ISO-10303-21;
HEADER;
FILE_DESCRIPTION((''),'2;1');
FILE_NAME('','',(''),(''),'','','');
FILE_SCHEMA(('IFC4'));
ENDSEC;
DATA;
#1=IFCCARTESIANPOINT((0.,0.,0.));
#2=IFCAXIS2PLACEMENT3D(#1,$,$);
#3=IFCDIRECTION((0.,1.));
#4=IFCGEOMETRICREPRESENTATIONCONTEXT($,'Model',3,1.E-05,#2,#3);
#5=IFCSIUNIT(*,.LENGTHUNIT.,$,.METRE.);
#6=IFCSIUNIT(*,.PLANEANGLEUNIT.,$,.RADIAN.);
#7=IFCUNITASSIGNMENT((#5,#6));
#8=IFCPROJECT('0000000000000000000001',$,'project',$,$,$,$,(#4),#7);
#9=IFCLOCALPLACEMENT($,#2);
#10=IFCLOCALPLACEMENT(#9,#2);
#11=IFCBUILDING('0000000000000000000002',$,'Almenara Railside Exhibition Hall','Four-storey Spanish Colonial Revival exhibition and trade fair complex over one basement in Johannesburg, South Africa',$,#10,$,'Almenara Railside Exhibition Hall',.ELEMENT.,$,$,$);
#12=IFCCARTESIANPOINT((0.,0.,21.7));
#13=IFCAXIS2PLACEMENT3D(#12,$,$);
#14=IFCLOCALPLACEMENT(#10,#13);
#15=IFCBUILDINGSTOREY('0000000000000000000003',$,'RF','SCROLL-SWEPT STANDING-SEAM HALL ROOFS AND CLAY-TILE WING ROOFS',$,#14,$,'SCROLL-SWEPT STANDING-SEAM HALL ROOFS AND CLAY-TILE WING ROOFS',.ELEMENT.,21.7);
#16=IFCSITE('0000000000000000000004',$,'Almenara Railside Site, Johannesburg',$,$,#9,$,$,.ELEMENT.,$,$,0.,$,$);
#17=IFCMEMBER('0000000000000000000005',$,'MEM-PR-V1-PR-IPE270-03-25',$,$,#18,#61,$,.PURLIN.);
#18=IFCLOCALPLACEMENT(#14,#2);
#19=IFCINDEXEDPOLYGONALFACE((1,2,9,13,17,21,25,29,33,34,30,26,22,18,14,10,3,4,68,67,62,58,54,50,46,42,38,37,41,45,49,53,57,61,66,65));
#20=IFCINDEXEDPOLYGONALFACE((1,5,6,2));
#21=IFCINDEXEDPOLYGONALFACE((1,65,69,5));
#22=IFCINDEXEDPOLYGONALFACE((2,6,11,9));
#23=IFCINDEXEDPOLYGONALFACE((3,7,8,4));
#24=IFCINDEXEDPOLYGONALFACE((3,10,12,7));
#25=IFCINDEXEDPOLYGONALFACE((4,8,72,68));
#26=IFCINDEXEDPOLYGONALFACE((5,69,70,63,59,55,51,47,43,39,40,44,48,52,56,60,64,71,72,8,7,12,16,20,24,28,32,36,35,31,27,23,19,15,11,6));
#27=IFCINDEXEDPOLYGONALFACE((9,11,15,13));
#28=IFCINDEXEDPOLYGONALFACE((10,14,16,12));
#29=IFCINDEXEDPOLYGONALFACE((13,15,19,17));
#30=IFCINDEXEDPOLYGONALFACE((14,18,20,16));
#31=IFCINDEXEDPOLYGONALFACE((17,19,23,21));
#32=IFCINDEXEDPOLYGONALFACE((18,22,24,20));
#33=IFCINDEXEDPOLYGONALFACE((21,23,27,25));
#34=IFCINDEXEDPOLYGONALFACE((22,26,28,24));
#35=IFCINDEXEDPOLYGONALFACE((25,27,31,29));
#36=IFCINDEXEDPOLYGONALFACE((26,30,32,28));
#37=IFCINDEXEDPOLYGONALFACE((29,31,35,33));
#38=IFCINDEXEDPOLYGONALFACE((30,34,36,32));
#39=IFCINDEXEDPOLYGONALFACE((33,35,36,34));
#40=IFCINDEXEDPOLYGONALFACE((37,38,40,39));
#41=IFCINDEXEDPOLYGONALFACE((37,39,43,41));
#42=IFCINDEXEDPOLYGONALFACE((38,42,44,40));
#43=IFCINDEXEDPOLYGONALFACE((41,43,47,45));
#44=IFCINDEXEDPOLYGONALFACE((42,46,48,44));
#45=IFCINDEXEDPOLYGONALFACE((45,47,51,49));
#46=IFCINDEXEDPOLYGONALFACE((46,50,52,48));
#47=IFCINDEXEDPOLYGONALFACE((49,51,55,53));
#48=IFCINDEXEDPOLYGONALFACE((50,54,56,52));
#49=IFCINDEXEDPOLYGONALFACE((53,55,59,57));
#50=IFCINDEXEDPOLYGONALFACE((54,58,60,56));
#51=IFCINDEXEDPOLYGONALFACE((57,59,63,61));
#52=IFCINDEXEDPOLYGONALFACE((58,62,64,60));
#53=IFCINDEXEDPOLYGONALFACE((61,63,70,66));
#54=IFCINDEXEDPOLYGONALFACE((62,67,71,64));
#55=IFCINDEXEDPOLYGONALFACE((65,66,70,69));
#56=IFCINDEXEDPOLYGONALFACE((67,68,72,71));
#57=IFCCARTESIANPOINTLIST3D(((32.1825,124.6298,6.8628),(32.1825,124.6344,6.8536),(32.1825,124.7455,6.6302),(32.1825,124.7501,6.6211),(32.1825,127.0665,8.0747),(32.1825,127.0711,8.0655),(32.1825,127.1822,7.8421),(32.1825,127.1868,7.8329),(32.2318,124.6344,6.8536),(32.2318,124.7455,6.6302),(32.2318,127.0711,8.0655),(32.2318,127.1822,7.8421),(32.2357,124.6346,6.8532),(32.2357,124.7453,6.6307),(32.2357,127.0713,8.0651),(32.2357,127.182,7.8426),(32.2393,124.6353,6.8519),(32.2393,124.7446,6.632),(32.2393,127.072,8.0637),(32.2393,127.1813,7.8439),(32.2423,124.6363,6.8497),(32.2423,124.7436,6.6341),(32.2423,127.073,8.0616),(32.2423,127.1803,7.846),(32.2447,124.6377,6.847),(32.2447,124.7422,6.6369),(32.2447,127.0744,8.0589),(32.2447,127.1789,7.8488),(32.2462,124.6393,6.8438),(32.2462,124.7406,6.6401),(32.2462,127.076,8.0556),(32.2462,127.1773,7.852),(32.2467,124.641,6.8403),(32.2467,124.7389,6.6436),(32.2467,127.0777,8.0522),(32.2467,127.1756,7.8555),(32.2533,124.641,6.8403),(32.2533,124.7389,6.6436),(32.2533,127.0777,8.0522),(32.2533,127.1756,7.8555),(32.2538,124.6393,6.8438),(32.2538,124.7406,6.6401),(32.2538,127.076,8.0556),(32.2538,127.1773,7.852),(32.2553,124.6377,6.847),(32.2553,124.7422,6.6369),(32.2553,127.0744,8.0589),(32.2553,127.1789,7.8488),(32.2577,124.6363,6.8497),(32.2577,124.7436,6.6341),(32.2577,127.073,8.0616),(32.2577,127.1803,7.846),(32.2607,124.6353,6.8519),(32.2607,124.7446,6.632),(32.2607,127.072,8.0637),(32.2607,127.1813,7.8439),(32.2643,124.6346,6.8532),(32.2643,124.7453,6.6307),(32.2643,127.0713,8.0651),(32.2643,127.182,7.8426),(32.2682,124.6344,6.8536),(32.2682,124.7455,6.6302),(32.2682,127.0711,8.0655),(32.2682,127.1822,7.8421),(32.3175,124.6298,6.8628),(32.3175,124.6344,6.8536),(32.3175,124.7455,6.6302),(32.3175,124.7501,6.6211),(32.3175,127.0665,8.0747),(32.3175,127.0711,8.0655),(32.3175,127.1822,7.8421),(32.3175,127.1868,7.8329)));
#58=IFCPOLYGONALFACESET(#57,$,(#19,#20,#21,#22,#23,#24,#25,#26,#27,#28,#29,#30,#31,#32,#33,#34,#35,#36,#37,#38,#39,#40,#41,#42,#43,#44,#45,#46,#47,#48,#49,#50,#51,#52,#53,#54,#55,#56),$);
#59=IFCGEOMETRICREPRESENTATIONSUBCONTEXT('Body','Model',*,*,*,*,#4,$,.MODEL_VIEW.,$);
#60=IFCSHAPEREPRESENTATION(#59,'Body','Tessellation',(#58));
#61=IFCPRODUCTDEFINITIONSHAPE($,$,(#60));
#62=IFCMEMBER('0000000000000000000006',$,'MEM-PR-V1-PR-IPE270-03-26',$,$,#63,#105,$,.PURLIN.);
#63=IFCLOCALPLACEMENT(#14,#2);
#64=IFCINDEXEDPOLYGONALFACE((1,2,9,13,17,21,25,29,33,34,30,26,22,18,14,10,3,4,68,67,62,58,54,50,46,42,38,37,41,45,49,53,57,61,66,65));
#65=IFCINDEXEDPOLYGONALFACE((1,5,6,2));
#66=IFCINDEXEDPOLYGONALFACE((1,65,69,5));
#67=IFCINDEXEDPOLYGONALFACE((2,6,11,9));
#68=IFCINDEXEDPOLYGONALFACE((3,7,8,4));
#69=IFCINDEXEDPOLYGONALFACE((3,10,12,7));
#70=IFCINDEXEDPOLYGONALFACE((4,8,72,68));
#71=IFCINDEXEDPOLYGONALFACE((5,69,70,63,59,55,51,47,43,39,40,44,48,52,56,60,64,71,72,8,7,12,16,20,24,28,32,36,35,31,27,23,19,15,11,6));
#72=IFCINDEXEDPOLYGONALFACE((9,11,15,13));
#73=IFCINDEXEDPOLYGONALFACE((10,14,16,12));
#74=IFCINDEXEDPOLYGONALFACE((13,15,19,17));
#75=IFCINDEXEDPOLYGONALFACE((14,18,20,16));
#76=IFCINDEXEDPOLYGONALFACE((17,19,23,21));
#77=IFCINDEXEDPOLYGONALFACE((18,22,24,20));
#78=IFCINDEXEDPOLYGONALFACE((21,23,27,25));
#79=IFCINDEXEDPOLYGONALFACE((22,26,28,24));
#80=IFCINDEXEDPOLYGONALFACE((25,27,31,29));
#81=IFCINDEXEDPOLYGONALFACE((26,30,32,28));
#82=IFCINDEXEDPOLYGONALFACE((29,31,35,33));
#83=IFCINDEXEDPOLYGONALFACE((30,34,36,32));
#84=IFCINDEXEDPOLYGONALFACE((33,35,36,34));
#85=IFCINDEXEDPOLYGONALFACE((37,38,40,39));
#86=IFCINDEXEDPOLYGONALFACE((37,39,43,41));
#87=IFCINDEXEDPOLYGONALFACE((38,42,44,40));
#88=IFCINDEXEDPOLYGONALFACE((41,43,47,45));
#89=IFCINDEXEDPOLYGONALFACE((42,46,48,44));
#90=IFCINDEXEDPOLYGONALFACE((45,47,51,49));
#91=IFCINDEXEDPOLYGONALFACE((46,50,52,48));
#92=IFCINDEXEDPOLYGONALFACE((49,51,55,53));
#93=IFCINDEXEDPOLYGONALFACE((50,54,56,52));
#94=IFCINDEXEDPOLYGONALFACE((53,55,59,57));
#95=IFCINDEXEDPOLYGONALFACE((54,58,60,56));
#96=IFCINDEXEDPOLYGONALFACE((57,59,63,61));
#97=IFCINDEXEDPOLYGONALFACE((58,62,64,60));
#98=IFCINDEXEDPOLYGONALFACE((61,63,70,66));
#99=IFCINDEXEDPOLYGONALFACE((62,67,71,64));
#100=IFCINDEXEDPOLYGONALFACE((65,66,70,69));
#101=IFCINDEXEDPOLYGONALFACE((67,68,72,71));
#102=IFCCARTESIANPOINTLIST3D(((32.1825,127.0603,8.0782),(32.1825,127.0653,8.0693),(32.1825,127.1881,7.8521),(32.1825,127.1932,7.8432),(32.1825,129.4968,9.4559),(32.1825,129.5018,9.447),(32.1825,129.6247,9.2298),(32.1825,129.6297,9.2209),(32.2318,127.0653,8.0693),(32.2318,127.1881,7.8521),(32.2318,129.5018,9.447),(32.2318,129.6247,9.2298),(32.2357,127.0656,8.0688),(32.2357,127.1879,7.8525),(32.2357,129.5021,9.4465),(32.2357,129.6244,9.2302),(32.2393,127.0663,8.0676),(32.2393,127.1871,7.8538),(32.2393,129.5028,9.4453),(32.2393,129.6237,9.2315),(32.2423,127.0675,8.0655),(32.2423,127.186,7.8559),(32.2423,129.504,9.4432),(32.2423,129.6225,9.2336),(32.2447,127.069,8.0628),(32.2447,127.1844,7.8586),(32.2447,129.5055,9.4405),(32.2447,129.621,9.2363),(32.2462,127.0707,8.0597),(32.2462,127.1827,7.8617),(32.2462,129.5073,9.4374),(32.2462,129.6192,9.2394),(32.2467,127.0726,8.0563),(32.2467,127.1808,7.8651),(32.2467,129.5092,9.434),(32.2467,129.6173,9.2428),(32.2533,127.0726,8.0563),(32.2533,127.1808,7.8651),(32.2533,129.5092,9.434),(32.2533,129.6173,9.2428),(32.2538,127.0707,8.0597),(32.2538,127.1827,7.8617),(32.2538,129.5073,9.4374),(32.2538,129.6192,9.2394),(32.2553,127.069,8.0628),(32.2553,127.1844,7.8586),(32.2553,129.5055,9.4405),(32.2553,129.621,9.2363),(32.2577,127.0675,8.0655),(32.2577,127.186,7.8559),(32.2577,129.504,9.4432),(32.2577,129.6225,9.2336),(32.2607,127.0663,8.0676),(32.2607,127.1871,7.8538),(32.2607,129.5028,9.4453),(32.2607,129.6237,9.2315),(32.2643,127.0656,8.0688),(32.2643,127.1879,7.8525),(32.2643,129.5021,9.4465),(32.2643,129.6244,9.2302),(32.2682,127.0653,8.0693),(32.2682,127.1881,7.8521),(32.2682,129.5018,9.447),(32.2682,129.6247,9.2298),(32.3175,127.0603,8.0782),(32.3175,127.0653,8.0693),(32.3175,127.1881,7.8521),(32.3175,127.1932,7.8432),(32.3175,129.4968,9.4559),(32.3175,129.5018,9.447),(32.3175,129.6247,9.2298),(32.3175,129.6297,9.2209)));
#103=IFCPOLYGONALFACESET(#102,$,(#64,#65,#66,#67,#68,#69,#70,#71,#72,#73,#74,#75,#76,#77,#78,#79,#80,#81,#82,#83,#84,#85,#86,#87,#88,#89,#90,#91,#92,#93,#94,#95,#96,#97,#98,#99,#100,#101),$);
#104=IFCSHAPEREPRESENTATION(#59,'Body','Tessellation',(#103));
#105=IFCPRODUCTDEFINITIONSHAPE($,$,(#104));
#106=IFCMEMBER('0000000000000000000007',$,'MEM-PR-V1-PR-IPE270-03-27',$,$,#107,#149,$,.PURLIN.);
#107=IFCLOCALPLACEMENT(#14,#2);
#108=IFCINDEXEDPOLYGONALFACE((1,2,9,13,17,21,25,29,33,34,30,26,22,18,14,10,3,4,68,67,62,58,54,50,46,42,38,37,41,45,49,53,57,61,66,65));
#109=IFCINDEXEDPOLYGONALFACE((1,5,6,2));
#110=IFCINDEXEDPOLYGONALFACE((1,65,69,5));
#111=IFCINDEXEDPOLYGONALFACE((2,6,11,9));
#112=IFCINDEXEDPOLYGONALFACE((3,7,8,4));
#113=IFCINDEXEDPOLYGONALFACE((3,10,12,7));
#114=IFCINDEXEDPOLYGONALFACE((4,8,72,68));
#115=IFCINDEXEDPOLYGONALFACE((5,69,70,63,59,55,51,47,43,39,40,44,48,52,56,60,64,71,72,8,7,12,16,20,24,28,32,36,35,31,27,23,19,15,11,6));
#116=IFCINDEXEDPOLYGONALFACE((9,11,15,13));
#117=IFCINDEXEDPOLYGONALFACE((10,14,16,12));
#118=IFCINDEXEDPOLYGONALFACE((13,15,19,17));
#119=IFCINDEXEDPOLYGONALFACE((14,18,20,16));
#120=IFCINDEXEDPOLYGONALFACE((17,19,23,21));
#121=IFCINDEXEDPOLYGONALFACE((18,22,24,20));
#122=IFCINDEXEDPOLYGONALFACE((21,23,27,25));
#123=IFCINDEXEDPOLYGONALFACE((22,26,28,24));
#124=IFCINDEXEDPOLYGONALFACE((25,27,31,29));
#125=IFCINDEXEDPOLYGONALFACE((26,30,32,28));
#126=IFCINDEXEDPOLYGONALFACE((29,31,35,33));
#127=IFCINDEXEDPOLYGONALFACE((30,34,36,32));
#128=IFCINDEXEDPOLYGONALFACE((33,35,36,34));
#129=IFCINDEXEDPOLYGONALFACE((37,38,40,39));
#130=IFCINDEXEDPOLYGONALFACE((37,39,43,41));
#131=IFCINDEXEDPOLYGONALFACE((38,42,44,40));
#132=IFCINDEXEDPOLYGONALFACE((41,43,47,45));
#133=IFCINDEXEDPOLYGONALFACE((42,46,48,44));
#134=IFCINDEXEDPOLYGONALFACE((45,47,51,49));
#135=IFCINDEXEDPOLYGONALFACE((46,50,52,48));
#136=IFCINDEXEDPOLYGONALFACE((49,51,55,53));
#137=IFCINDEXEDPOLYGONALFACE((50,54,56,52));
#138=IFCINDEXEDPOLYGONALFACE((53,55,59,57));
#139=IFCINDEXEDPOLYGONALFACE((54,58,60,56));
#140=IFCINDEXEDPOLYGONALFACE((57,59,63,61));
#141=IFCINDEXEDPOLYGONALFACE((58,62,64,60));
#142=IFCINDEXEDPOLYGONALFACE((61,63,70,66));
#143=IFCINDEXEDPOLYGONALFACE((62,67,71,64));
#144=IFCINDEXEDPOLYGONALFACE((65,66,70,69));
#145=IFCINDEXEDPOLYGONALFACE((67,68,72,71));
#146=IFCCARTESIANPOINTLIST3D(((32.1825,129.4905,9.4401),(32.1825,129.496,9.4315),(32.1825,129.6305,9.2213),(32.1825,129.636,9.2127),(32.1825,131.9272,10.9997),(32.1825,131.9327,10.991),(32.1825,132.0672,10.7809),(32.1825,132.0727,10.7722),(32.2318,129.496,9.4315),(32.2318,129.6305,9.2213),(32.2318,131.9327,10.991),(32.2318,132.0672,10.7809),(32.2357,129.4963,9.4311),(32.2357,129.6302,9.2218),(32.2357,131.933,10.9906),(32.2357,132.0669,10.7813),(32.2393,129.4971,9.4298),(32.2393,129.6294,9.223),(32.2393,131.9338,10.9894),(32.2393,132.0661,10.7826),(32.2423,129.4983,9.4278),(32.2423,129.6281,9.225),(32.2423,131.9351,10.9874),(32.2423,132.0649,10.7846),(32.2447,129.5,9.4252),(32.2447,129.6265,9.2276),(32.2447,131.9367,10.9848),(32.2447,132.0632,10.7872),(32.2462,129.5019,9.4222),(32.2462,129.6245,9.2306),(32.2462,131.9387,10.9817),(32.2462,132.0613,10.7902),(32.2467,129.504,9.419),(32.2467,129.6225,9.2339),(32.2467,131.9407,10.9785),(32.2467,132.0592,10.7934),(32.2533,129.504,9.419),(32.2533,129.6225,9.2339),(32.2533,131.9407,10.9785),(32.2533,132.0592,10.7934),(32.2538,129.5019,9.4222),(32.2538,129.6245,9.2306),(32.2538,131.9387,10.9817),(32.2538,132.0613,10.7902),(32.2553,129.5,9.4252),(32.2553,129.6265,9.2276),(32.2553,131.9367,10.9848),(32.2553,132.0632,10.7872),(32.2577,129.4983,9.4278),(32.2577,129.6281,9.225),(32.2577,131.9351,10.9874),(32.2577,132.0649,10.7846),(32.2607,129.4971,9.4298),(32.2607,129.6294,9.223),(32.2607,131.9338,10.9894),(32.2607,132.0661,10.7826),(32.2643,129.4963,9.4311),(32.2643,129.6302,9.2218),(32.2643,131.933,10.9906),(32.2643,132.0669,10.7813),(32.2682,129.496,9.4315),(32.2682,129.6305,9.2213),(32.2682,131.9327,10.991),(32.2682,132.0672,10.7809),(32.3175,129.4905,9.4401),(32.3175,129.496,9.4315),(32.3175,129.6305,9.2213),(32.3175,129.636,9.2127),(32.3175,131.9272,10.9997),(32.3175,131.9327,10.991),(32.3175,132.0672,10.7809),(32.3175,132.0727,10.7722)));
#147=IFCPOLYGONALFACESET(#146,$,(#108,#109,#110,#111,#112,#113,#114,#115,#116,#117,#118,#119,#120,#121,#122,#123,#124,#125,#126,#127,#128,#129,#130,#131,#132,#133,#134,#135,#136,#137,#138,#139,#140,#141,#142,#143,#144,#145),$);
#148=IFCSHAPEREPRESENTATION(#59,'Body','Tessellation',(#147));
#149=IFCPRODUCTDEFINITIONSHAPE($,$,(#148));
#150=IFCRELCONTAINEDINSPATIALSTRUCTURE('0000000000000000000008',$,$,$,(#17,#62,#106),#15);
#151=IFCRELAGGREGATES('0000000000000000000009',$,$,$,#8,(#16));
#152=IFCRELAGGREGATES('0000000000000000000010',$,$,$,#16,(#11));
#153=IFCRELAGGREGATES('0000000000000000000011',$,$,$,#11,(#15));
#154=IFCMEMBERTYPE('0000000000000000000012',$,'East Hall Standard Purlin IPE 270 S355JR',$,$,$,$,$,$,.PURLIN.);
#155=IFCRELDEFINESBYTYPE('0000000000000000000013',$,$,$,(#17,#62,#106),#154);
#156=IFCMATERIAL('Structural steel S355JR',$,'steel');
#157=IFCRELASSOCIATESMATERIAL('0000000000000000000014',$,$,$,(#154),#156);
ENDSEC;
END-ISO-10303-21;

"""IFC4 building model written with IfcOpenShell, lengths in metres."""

from ifc_helpers import new_model, si_unit, direction, frame, origin, origin_2d, place, context, subcontext, project, spatial, i_section, extrude, material, material_profile, profile_set, type_object, element, save


model = new_model("IFC4")

# Units and contexts
model_context = context("Model", 3, precision=1e-05, world=origin(), true_north=direction((0.0, 1.0)))
body_context = subcontext(model_context, "Body", "Model", "MODEL_VIEW")
ifc_project = project(units=[si_unit("LENGTHUNIT", "METRE"), si_unit("PLANEANGLEUNIT", "RADIAN")], contexts=[model_context])

# Site, building, storey
site_placement = place(None, origin())
site = spatial("IfcSite", under=ifc_project, at=site_placement, Name="Almenara Railside Site, Johannesburg", CompositionType="ELEMENT", RefElevation=0.0)
building_placement = place(site_placement, origin())
building = spatial("IfcBuilding", under=site, at=building_placement, Name="Almenara Railside Exhibition Hall", Description="Four-storey Spanish Colonial Revival exhibition and trade fair complex over one basement in Johannesburg, South Africa", LongName="Almenara Railside Exhibition Hall", CompositionType="ELEMENT")
storey_placement = place(building_placement, frame((0.0, 0.0, 21.7)))
storey = spatial("IfcBuildingStorey", under=building, at=storey_placement, Name="RF", Description="SCROLL-SWEPT STANDING-SEAM HALL ROOFS AND CLAY-TILE WING ROOFS", LongName="SCROLL-SWEPT STANDING-SEAM HALL ROOFS AND CLAY-TILE WING ROOFS", CompositionType="ELEMENT", Elevation=21.7)

# Shared definitions
ifc_material_1 = material(Name="Structural steel S355JR", Category="steel")

# Members
ifc_material_profile_1 = material_profile(ifc_material_1, i_section(OverallWidth=0.135, OverallDepth=0.27, WebThickness=0.0066, FlangeThickness=0.0103, FilletRadius=0.0149, at=origin_2d()), Name="IPE 270")
ifc_profile_set_1 = profile_set([ifc_material_profile_1], Name="Structural steel S355JR")
member_type_1 = type_object("IfcMemberType", Name="East Hall Standard Purlin IPE 270 S355JR", PredefinedType="PURLIN", material=ifc_profile_set_1)
member_1_placement = place(storey_placement, frame((32.25, 124.6899, 6.7419), z_axis=(0.0, 0.895376, 0.445311), x_axis=(-1.0, 0.0, 0.0)))
element("IfcMember", 1, at=member_1_placement, inside=storey, type_object=member_type_1, Name="MEM-PR-V1-PR-IPE270-03-25", PredefinedType="PURLIN", context=body_context, shape_type="SweptSolid", body=[
    extrude(i_section(OverallWidth=0.135, OverallDepth=0.27, WebThickness=0.0066, FlangeThickness=0.0103, FilletRadius=0.0149, at=origin_2d()), origin(), (0.0, 0.0, 1.0), 2.7214),
])
member_2_placement = place(storey_placement, frame((32.25, 127.1267, 7.9607), z_axis=(0.0, 0.870483, 0.492198), x_axis=(-1.0, 0.0, 0.0)))
element("IfcMember", 2, at=member_2_placement, inside=storey, type_object=member_type_1, Name="MEM-PR-V1-PR-IPE270-03-26", PredefinedType="PURLIN", context=body_context, shape_type="SweptSolid", body=[
    extrude(i_section(OverallWidth=0.135, OverallDepth=0.27, WebThickness=0.0066, FlangeThickness=0.0103, FilletRadius=0.0149, at=origin_2d()), origin(), (0.0, 0.0, 1.0), 2.7991),
])
member_3_placement = place(storey_placement, frame((32.25, 129.5632, 9.3264), z_axis=(0.0, 0.842265, 0.539063), x_axis=(-1.0, 0.0, 0.0)))
element("IfcMember", 3, at=member_3_placement, inside=storey, type_object=member_type_1, Name="MEM-PR-V1-PR-IPE270-03-27", PredefinedType="PURLIN", context=body_context, shape_type="SweptSolid", body=[
    extrude(i_section(OverallWidth=0.135, OverallDepth=0.27, WebThickness=0.0066, FlangeThickness=0.0103, FilletRadius=0.0149, at=origin_2d()), origin(), (0.0, 0.0, 1.0), 2.8931),
])

save(model, "model.ifc")
